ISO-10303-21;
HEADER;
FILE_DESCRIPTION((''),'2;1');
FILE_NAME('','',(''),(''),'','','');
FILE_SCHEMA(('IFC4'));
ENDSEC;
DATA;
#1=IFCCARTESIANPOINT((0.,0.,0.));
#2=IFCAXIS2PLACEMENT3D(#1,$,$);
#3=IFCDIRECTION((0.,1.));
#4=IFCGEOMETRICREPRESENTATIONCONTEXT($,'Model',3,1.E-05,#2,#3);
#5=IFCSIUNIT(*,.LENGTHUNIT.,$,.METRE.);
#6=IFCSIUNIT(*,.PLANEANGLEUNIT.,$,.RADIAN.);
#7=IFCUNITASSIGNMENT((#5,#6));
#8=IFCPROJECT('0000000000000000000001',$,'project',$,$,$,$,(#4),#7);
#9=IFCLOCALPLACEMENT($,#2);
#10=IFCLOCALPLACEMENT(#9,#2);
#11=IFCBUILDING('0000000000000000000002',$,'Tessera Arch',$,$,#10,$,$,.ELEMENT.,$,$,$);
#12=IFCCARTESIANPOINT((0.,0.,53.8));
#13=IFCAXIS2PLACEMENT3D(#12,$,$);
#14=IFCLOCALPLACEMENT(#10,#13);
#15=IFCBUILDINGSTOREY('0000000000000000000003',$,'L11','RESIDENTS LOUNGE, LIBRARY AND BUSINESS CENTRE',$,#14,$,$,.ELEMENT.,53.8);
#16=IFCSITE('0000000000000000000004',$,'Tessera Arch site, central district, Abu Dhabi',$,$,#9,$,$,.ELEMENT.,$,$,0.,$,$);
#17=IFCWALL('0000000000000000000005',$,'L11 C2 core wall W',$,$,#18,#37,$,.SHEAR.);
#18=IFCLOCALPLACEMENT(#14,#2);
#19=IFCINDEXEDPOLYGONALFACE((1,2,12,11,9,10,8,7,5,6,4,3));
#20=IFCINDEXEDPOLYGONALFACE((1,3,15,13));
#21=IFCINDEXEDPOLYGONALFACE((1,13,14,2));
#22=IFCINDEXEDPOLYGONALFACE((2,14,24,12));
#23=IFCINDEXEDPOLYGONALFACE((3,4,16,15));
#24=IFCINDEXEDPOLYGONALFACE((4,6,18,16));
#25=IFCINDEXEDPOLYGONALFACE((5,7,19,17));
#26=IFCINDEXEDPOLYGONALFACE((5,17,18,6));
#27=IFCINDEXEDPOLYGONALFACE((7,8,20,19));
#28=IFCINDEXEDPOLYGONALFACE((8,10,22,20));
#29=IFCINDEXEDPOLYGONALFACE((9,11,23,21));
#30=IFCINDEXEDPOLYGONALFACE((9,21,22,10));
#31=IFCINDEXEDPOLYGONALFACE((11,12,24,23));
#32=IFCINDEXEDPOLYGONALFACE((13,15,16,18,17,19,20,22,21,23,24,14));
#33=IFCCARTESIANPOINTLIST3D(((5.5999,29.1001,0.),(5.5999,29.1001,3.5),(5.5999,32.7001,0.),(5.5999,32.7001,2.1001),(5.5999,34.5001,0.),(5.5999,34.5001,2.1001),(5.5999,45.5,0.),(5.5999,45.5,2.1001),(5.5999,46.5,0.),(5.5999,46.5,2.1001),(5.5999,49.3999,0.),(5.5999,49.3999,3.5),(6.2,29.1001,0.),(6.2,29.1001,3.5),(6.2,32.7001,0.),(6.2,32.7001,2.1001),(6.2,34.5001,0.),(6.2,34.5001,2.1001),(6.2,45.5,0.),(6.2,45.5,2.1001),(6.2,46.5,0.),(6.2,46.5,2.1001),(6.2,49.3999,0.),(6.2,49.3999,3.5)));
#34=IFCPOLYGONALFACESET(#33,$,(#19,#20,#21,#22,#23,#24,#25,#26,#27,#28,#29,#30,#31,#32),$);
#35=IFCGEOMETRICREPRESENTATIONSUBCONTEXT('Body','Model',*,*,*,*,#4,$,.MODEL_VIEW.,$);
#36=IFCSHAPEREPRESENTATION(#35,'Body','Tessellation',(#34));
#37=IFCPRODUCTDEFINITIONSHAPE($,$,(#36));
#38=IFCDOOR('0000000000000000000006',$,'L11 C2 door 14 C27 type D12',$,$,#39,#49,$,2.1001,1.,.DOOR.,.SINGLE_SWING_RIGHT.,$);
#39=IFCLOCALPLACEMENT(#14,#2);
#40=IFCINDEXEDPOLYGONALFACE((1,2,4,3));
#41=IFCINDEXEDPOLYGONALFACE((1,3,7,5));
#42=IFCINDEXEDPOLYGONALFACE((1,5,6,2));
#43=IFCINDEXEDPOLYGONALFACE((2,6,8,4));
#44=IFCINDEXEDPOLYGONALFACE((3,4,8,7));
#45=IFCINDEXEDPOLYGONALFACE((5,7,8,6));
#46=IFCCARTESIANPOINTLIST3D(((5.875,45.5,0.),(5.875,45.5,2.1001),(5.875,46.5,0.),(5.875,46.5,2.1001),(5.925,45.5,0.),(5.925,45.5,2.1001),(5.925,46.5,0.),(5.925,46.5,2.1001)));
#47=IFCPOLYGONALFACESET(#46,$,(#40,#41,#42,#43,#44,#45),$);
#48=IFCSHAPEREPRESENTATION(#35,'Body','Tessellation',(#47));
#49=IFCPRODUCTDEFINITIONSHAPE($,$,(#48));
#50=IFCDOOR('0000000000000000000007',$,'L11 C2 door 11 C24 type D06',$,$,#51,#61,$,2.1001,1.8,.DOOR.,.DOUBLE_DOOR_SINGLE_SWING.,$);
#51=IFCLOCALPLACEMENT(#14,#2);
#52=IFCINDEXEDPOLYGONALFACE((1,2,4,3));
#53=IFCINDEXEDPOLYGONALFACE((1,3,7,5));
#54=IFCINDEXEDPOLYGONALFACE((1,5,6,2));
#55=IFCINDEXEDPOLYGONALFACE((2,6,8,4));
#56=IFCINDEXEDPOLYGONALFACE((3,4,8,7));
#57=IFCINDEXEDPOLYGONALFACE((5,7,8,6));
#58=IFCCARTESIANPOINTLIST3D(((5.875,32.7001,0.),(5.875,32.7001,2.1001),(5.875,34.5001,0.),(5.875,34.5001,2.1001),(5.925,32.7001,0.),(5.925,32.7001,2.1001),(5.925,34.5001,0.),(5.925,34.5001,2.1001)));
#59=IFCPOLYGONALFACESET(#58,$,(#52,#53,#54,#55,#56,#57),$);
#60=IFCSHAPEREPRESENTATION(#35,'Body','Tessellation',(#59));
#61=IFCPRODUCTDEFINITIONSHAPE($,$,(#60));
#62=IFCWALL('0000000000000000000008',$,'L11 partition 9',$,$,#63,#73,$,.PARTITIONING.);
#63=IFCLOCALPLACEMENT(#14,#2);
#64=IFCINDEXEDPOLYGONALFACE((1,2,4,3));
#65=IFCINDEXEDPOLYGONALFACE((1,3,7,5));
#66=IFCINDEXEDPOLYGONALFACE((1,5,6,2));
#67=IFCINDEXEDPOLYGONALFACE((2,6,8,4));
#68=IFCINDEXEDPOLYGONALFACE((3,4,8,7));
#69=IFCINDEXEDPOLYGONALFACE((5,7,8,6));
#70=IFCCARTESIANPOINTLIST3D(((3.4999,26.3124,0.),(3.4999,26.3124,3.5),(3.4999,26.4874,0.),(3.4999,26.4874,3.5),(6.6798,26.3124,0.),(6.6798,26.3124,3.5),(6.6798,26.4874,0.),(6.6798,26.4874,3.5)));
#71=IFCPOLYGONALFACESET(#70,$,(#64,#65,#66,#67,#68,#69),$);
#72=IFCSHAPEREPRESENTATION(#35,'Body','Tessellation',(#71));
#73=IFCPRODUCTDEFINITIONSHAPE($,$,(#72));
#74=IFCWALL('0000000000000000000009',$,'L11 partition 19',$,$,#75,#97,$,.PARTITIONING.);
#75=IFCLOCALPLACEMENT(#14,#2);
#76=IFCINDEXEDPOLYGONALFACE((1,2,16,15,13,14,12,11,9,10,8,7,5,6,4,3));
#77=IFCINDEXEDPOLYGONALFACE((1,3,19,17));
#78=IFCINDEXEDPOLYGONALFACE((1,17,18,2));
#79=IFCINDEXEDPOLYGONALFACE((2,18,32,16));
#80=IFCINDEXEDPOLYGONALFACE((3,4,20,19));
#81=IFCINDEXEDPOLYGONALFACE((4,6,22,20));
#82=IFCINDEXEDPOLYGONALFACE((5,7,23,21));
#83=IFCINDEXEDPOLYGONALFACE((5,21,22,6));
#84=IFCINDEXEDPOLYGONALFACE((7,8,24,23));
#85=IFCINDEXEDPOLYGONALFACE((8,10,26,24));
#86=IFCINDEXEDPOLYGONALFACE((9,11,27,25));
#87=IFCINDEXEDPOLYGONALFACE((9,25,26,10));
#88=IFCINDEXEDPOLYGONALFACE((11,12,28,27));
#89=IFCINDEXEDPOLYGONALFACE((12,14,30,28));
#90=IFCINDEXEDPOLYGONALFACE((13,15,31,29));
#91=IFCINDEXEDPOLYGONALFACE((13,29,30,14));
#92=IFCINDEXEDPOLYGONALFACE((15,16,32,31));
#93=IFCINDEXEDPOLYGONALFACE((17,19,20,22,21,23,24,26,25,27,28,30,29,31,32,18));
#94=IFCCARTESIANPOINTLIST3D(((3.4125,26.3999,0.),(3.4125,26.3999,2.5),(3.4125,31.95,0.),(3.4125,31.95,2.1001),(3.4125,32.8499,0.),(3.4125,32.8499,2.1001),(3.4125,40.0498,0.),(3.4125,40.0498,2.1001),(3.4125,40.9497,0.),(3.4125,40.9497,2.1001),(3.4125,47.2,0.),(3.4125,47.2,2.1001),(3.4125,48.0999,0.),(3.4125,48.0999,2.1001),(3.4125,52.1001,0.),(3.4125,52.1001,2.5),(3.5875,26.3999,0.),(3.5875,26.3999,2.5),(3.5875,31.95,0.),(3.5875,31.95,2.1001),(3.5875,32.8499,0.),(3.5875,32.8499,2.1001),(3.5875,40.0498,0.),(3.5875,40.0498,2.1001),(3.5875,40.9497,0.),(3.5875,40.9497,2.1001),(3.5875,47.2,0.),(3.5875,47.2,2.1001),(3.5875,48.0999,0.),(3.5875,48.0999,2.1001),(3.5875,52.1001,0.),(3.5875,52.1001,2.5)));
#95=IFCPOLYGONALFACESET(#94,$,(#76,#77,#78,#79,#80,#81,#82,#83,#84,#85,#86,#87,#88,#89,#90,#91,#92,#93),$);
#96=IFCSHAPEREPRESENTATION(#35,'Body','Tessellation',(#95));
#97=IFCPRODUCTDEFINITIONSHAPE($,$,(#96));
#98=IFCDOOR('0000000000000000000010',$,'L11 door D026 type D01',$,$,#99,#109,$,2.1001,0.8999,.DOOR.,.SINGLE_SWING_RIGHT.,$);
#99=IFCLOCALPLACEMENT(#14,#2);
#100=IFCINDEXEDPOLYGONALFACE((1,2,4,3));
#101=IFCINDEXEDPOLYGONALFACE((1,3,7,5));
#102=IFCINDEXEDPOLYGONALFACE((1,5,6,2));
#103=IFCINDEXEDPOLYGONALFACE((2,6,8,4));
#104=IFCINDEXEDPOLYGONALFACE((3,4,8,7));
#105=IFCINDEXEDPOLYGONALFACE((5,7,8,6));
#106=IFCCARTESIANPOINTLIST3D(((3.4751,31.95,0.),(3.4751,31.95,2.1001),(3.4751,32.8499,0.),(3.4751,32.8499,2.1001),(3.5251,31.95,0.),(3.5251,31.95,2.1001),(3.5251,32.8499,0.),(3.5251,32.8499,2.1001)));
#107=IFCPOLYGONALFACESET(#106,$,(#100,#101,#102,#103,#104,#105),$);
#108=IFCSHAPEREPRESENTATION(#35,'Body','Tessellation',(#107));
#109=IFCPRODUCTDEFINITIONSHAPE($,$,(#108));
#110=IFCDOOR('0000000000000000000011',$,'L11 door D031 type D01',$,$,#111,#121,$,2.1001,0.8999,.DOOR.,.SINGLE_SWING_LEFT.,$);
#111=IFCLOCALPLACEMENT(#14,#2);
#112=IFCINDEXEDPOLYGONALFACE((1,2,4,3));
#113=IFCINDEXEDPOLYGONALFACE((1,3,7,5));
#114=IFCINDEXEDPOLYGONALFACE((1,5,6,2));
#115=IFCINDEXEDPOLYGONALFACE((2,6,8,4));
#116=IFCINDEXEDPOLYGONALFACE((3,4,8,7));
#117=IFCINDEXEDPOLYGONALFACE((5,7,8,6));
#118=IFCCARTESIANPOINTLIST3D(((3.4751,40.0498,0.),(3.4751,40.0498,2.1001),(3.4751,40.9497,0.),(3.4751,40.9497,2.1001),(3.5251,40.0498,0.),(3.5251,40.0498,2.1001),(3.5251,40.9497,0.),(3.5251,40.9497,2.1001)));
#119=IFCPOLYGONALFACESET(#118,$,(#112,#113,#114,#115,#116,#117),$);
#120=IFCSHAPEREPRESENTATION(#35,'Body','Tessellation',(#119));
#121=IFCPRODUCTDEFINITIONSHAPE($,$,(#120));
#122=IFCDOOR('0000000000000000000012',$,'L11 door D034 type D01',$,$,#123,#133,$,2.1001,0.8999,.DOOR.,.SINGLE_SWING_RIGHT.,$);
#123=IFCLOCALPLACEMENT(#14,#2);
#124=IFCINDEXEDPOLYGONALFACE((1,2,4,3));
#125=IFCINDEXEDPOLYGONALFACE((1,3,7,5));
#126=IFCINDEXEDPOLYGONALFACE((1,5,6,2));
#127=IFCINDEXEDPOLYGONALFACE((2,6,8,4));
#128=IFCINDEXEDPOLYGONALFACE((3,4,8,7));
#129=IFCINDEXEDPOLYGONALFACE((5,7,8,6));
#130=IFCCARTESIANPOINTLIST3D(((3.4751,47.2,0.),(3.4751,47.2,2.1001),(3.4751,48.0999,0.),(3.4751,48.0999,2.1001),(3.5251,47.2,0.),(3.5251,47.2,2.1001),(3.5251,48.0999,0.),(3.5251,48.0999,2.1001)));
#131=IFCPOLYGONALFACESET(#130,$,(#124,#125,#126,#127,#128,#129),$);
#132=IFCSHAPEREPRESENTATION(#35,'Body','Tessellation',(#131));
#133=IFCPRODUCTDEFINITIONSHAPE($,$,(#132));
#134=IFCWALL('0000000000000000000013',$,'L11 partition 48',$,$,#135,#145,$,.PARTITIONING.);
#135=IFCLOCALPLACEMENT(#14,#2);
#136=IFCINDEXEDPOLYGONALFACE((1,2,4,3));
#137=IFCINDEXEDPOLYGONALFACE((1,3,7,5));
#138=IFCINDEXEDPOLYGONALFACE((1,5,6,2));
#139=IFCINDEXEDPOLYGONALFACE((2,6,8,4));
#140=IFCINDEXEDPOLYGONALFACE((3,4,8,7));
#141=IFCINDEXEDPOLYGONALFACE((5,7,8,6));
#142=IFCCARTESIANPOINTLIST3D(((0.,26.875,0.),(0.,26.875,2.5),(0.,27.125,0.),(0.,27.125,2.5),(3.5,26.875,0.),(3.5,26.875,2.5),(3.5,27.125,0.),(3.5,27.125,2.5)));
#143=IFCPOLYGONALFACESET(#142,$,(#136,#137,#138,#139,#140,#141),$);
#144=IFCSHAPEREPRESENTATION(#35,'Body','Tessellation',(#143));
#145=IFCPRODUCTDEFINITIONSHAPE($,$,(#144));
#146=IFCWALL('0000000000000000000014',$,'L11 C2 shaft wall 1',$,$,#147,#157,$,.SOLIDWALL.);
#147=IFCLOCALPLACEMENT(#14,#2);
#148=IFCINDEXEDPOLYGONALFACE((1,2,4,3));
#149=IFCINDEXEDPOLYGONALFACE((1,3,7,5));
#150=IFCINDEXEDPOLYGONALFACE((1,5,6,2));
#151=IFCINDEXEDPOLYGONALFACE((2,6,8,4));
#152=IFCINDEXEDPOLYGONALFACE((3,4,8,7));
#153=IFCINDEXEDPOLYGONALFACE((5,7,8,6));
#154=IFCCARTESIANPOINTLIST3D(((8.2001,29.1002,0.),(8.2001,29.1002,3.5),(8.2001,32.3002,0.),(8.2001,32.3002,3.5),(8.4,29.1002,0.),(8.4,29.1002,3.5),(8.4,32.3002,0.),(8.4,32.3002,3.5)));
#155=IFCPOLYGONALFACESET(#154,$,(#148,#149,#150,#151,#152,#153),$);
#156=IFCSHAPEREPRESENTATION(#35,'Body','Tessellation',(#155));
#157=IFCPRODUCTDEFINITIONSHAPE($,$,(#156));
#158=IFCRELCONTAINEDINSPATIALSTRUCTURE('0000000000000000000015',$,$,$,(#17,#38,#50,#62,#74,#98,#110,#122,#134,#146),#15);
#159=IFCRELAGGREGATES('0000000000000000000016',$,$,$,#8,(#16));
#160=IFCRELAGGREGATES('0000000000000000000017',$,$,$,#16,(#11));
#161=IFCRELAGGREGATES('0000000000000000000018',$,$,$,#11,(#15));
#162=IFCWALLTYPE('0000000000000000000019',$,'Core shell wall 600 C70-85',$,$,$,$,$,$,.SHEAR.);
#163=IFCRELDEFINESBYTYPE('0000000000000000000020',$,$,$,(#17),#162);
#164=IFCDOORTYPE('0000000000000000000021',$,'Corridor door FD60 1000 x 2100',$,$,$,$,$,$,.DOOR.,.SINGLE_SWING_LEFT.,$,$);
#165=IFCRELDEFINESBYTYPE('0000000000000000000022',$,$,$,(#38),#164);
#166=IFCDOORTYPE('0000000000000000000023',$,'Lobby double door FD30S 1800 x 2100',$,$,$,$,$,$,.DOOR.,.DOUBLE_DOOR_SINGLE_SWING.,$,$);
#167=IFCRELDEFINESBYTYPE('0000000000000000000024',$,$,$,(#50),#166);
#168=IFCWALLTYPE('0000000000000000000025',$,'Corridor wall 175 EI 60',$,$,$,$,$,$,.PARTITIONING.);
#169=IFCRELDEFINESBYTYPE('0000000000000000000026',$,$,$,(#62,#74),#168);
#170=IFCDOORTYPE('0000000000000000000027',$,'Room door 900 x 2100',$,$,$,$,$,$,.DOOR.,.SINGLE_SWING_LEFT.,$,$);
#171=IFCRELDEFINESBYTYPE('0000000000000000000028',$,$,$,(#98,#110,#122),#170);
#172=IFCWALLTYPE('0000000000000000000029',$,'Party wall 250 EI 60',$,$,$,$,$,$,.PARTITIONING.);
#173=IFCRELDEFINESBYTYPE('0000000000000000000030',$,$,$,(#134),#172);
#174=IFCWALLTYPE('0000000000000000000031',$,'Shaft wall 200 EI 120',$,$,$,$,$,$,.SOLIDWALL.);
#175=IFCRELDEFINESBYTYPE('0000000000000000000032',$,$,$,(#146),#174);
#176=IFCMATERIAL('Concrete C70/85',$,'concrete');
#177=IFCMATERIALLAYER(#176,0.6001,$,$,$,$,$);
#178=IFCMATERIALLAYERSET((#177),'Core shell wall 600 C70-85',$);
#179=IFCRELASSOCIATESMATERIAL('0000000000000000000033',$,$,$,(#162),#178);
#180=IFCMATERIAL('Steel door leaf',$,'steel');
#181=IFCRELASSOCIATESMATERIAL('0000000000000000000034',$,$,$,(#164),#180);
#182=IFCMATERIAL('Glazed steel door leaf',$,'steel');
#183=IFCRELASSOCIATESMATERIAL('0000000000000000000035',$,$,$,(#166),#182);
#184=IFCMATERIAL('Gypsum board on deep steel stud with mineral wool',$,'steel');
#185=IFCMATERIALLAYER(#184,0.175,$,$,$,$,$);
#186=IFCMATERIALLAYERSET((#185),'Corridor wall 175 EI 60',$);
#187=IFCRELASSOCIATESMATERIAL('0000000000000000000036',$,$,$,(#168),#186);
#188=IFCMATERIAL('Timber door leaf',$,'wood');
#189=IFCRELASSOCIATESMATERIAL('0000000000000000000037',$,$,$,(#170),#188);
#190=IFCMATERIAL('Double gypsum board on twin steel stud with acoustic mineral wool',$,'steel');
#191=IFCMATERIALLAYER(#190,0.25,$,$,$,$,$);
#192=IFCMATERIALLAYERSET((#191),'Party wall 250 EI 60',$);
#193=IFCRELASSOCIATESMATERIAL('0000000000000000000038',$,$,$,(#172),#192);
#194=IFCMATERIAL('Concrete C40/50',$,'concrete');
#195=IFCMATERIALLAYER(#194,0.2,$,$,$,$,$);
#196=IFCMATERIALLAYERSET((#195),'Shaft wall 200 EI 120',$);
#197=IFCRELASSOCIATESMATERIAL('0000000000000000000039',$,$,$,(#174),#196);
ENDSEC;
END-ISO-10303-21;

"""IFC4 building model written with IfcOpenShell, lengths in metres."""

from ifc_helpers import new_model, si_unit, direction, frame, frame_2d, origin, place, context, subcontext, project, spatial, rectangle, extrude, material, layer, layer_set, type_object, element, fill, save


model = new_model("IFC4")

# Units and contexts
model_context = context("Model", 3, precision=1e-05, world=origin(), true_north=direction((0.0, 1.0)))
body_context = subcontext(model_context, "Body", "Model", "MODEL_VIEW")
ifc_project = project(units=[si_unit("LENGTHUNIT", "METRE"), si_unit("PLANEANGLEUNIT", "RADIAN")], contexts=[model_context])

# Site, building, storey
site_placement = place(None, origin())
site = spatial("IfcSite", under=ifc_project, at=site_placement, Name="Tessera Arch site, central district, Abu Dhabi", CompositionType="ELEMENT", RefElevation=0.0)
building_placement = place(site_placement, origin())
building = spatial("IfcBuilding", under=site, at=building_placement, Name="Tessera Arch", CompositionType="ELEMENT")
storey_placement = place(building_placement, frame((0.0, 0.0, 53.8)))
storey = spatial("IfcBuildingStorey", under=building, at=storey_placement, Name="L11", Description="RESIDENTS LOUNGE, LIBRARY AND BUSINESS CENTRE", CompositionType="ELEMENT", Elevation=53.8)

# Wall, openings, doors
ifc_material_1 = material(Name="Concrete C70/85", Category="concrete")
ifc_layer_1 = layer(ifc_material_1, 0.6001)
ifc_layer_set_1 = layer_set([ifc_layer_1], Name="Core shell wall 600 C70-85")
wall_type_1 = type_object("IfcWallType", Name="Core shell wall 600 C70-85", PredefinedType="SHEAR", material=ifc_layer_set_1)
wall_1_placement = place(storey_placement, frame((5.8999, 29.1001, 0.0), z_axis=(0.0, 0.0, 1.0), x_axis=(0.0, 1.0, 0.0)))
wall_1 = element("IfcWall", 1, at=wall_1_placement, inside=storey, type_object=wall_type_1, Name="L11 C2 core wall W", PredefinedType="SHEAR", context=body_context, shape_type="SweptSolid", body=[
    extrude(rectangle(XDim=20.2998, YDim=0.6001, at=frame_2d((10.1499, 0.0))), origin(), (0.0, 0.0, 1.0), 3.5),
])
opening_1_placement = place(wall_1_placement, frame((3.6001, 0.0, 0.0)))
opening_1 = element("IfcOpeningElement", 2, at=opening_1_placement, cuts=wall_1, PredefinedType="OPENING", context=body_context, shape_type="SweptSolid", body=[
    extrude(rectangle(XDim=1.8, YDim=2.1001, at=frame_2d((0.8999, 1.05))), frame((0.0, 0.3101, 0.0), z_axis=(0.0, -1.0, 0.0), x_axis=(1.0, 0.0, 0.0)), (0.0, 0.0, 1.0), 0.6201),
])
opening_2_placement = place(wall_1_placement, frame((16.3999, 0.0, 0.0)))
opening_2 = element("IfcOpeningElement", 3, at=opening_2_placement, cuts=wall_1, PredefinedType="OPENING", context=body_context, shape_type="SweptSolid", body=[
    extrude(rectangle(XDim=1.0, YDim=2.1001, at=frame_2d((0.5, 1.05))), frame((0.0, 0.3101, 0.0), z_axis=(0.0, -1.0, 0.0), x_axis=(1.0, 0.0, 0.0)), (0.0, 0.0, 1.0), 0.6201),
])
ifc_material_2 = material(Name="Steel door leaf", Category="steel")
door_type_1 = type_object("IfcDoorType", Name="Corridor door FD60 1000 x 2100", OperationType="SINGLE_SWING_LEFT", PredefinedType="DOOR", material=ifc_material_2)
door_1_placement = place(opening_2_placement, origin())
door_1 = element("IfcDoor", 4, at=door_1_placement, inside=storey, type_object=door_type_1, Name="L11 C2 door 14 C27 type D12", OperationType="SINGLE_SWING_RIGHT", OverallHeight=2.1001, OverallWidth=1.0, PredefinedType="DOOR", context=body_context, shape_type="SweptSolid", body=[
    extrude(rectangle(XDim=1.0, YDim=2.1001, at=frame_2d((0.5, 1.05))), frame((0.0, 0.0249, 0.0), z_axis=(0.0, -1.0, 0.0), x_axis=(1.0, 0.0, 0.0)), (0.0, 0.0, 1.0), 0.05),
])
fill(opening_2, door_1)
ifc_material_3 = material(Name="Glazed steel door leaf", Category="steel")
door_type_2 = type_object("IfcDoorType", Name="Lobby double door FD30S 1800 x 2100", OperationType="DOUBLE_DOOR_SINGLE_SWING", PredefinedType="DOOR", material=ifc_material_3)
door_2_placement = place(opening_1_placement, origin())
door_2 = element("IfcDoor", 5, at=door_2_placement, inside=storey, type_object=door_type_2, Name="L11 C2 door 11 C24 type D06", OperationType="DOUBLE_DOOR_SINGLE_SWING", OverallHeight=2.1001, OverallWidth=1.8, PredefinedType="DOOR", context=body_context, shape_type="SweptSolid", body=[
    extrude(rectangle(XDim=1.8, YDim=2.1001, at=frame_2d((0.8999, 1.05))), frame((0.0, 0.0249, 0.0), z_axis=(0.0, -1.0, 0.0), x_axis=(1.0, 0.0, 0.0)), (0.0, 0.0, 1.0), 0.05),
])
fill(opening_1, door_2)

# Wall
ifc_material_4 = material(Name="Gypsum board on deep steel stud with mineral wool", Category="steel")
ifc_layer_2 = layer(ifc_material_4, 0.175)
ifc_layer_set_2 = layer_set([ifc_layer_2], Name="Corridor wall 175 EI 60")
wall_type_2 = type_object("IfcWallType", Name="Corridor wall 175 EI 60", PredefinedType="PARTITIONING", material=ifc_layer_set_2)
wall_2_placement = place(storey_placement, frame((3.5, 26.3999, 0.0), z_axis=(0.0, 0.0, 1.0), x_axis=(1.0, 0.0, 0.0)))
element("IfcWall", 6, at=wall_2_placement, inside=storey, type_object=wall_type_2, Name="L11 partition 9", PredefinedType="PARTITIONING", context=body_context, shape_type="SweptSolid", body=[
    extrude(rectangle(XDim=3.1799, YDim=0.175, at=frame_2d((1.5898, 0.0))), origin(), (0.0, 0.0, 1.0), 3.5),
])

# Wall, openings, doors
wall_3_placement = place(storey_placement, frame((3.5, 26.3999, 0.0), z_axis=(0.0, 0.0, 1.0), x_axis=(0.0, 1.0, 0.0)))
wall_3 = element("IfcWall", 7, at=wall_3_placement, inside=storey, type_object=wall_type_2, Name="L11 partition 19", PredefinedType="PARTITIONING", context=body_context, shape_type="SweptSolid", body=[
    extrude(rectangle(XDim=25.7002, YDim=0.175, at=frame_2d((12.8501, 0.0))), origin(), (0.0, 0.0, 1.0), 2.5),
])
opening_3_placement = place(wall_3_placement, frame((5.55, 0.0, 0.0)))
opening_3 = element("IfcOpeningElement", 8, at=opening_3_placement, cuts=wall_3, PredefinedType="OPENING", context=body_context, shape_type="SweptSolid", body=[
    extrude(rectangle(XDim=0.8999, YDim=2.1001, at=frame_2d((0.45, 1.05))), frame((0.0, 0.0974, 0.0), z_axis=(0.0, -1.0, 0.0), x_axis=(1.0, 0.0, 0.0)), (0.0, 0.0, 1.0), 0.1951),
])
opening_4_placement = place(wall_3_placement, frame((13.6499, 0.0, 0.0)))
opening_4 = element("IfcOpeningElement", 9, at=opening_4_placement, cuts=wall_3, PredefinedType="OPENING", context=body_context, shape_type="SweptSolid", body=[
    extrude(rectangle(XDim=0.8999, YDim=2.1001, at=frame_2d((0.45, 1.05))), frame((0.0, 0.0974, 0.0), z_axis=(0.0, -1.0, 0.0), x_axis=(1.0, 0.0, 0.0)), (0.0, 0.0, 1.0), 0.1951),
])
opening_5_placement = place(wall_3_placement, frame((20.8, 0.0, 0.0)))
opening_5 = element("IfcOpeningElement", 10, at=opening_5_placement, cuts=wall_3, PredefinedType="OPENING", context=body_context, shape_type="SweptSolid", body=[
    extrude(rectangle(XDim=0.8999, YDim=2.1001, at=frame_2d((0.45, 1.05))), frame((0.0, 0.0974, 0.0), z_axis=(0.0, -1.0, 0.0), x_axis=(1.0, 0.0, 0.0)), (0.0, 0.0, 1.0), 0.1951),
])
ifc_material_5 = material(Name="Timber door leaf", Category="wood")
door_type_3 = type_object("IfcDoorType", Name="Room door 900 x 2100", OperationType="SINGLE_SWING_LEFT", PredefinedType="DOOR", material=ifc_material_5)
door_3_placement = place(opening_3_placement, origin())
door_3 = element("IfcDoor", 11, at=door_3_placement, inside=storey, type_object=door_type_3, Name="L11 door D026 type D01", OperationType="SINGLE_SWING_RIGHT", OverallHeight=2.1001, OverallWidth=0.8999, PredefinedType="DOOR", context=body_context, shape_type="SweptSolid", body=[
    extrude(rectangle(XDim=0.8999, YDim=2.1001, at=frame_2d((0.45, 1.05))), frame((0.0, 0.0249, 0.0), z_axis=(0.0, -1.0, 0.0), x_axis=(1.0, 0.0, 0.0)), (0.0, 0.0, 1.0), 0.05),
])
fill(opening_3, door_3)
door_4_placement = place(opening_4_placement, origin())
door_4 = element("IfcDoor", 12, at=door_4_placement, inside=storey, type_object=door_type_3, Name="L11 door D031 type D01", OperationType="SINGLE_SWING_LEFT", OverallHeight=2.1001, OverallWidth=0.8999, PredefinedType="DOOR", context=body_context, shape_type="SweptSolid", body=[
    extrude(rectangle(XDim=0.8999, YDim=2.1001, at=frame_2d((0.45, 1.05))), frame((0.0, 0.0249, 0.0), z_axis=(0.0, -1.0, 0.0), x_axis=(1.0, 0.0, 0.0)), (0.0, 0.0, 1.0), 0.05),
])
fill(opening_4, door_4)
door_5_placement = place(opening_5_placement, origin())
door_5 = element("IfcDoor", 13, at=door_5_placement, inside=storey, type_object=door_type_3, Name="L11 door D034 type D01", OperationType="SINGLE_SWING_RIGHT", OverallHeight=2.1001, OverallWidth=0.8999, PredefinedType="DOOR", context=body_context, shape_type="SweptSolid", body=[
    extrude(rectangle(XDim=0.8999, YDim=2.1001, at=frame_2d((0.45, 1.05))), frame((0.0, 0.0249, 0.0), z_axis=(0.0, -1.0, 0.0), x_axis=(1.0, 0.0, 0.0)), (0.0, 0.0, 1.0), 0.05),
])
fill(opening_5, door_5)

# Walls
ifc_material_6 = material(Name="Double gypsum board on twin steel stud with acoustic mineral wool", Category="steel")
ifc_layer_3 = layer(ifc_material_6, 0.25)
ifc_layer_set_3 = layer_set([ifc_layer_3], Name="Party wall 250 EI 60")
wall_type_3 = type_object("IfcWallType", Name="Party wall 250 EI 60", PredefinedType="PARTITIONING", material=ifc_layer_set_3)
wall_4_placement = place(storey_placement, frame((0.0, 27.0, 0.0), z_axis=(0.0, 0.0, 1.0), x_axis=(1.0, 0.0, 0.0)))
element("IfcWall", 14, at=wall_4_placement, inside=storey, type_object=wall_type_3, Name="L11 partition 48", PredefinedType="PARTITIONING", context=body_context, shape_type="SweptSolid", body=[
    extrude(rectangle(XDim=3.5, YDim=0.25, at=frame_2d((1.75, 0.0))), origin(), (0.0, 0.0, 1.0), 2.5),
])
ifc_material_7 = material(Name="Concrete C40/50", Category="concrete")
ifc_layer_4 = layer(ifc_material_7, 0.2)
ifc_layer_set_4 = layer_set([ifc_layer_4], Name="Shaft wall 200 EI 120")
wall_type_4 = type_object("IfcWallType", Name="Shaft wall 200 EI 120", PredefinedType="SOLIDWALL", material=ifc_layer_set_4)
wall_5_placement = place(storey_placement, frame((8.3, 29.1001, 0.0), z_axis=(0.0, 0.0, 1.0), x_axis=(0.0, 1.0, 0.0)))
element("IfcWall", 15, at=wall_5_placement, inside=storey, type_object=wall_type_4, Name="L11 C2 shaft wall 1", PredefinedType="SOLIDWALL", context=body_context, shape_type="SweptSolid", body=[
    extrude(rectangle(XDim=3.2, YDim=0.2, at=frame_2d((1.6001, 0.0))), origin(), (0.0, 0.0, 1.0), 3.5),
])

save(model, "model.ifc")
